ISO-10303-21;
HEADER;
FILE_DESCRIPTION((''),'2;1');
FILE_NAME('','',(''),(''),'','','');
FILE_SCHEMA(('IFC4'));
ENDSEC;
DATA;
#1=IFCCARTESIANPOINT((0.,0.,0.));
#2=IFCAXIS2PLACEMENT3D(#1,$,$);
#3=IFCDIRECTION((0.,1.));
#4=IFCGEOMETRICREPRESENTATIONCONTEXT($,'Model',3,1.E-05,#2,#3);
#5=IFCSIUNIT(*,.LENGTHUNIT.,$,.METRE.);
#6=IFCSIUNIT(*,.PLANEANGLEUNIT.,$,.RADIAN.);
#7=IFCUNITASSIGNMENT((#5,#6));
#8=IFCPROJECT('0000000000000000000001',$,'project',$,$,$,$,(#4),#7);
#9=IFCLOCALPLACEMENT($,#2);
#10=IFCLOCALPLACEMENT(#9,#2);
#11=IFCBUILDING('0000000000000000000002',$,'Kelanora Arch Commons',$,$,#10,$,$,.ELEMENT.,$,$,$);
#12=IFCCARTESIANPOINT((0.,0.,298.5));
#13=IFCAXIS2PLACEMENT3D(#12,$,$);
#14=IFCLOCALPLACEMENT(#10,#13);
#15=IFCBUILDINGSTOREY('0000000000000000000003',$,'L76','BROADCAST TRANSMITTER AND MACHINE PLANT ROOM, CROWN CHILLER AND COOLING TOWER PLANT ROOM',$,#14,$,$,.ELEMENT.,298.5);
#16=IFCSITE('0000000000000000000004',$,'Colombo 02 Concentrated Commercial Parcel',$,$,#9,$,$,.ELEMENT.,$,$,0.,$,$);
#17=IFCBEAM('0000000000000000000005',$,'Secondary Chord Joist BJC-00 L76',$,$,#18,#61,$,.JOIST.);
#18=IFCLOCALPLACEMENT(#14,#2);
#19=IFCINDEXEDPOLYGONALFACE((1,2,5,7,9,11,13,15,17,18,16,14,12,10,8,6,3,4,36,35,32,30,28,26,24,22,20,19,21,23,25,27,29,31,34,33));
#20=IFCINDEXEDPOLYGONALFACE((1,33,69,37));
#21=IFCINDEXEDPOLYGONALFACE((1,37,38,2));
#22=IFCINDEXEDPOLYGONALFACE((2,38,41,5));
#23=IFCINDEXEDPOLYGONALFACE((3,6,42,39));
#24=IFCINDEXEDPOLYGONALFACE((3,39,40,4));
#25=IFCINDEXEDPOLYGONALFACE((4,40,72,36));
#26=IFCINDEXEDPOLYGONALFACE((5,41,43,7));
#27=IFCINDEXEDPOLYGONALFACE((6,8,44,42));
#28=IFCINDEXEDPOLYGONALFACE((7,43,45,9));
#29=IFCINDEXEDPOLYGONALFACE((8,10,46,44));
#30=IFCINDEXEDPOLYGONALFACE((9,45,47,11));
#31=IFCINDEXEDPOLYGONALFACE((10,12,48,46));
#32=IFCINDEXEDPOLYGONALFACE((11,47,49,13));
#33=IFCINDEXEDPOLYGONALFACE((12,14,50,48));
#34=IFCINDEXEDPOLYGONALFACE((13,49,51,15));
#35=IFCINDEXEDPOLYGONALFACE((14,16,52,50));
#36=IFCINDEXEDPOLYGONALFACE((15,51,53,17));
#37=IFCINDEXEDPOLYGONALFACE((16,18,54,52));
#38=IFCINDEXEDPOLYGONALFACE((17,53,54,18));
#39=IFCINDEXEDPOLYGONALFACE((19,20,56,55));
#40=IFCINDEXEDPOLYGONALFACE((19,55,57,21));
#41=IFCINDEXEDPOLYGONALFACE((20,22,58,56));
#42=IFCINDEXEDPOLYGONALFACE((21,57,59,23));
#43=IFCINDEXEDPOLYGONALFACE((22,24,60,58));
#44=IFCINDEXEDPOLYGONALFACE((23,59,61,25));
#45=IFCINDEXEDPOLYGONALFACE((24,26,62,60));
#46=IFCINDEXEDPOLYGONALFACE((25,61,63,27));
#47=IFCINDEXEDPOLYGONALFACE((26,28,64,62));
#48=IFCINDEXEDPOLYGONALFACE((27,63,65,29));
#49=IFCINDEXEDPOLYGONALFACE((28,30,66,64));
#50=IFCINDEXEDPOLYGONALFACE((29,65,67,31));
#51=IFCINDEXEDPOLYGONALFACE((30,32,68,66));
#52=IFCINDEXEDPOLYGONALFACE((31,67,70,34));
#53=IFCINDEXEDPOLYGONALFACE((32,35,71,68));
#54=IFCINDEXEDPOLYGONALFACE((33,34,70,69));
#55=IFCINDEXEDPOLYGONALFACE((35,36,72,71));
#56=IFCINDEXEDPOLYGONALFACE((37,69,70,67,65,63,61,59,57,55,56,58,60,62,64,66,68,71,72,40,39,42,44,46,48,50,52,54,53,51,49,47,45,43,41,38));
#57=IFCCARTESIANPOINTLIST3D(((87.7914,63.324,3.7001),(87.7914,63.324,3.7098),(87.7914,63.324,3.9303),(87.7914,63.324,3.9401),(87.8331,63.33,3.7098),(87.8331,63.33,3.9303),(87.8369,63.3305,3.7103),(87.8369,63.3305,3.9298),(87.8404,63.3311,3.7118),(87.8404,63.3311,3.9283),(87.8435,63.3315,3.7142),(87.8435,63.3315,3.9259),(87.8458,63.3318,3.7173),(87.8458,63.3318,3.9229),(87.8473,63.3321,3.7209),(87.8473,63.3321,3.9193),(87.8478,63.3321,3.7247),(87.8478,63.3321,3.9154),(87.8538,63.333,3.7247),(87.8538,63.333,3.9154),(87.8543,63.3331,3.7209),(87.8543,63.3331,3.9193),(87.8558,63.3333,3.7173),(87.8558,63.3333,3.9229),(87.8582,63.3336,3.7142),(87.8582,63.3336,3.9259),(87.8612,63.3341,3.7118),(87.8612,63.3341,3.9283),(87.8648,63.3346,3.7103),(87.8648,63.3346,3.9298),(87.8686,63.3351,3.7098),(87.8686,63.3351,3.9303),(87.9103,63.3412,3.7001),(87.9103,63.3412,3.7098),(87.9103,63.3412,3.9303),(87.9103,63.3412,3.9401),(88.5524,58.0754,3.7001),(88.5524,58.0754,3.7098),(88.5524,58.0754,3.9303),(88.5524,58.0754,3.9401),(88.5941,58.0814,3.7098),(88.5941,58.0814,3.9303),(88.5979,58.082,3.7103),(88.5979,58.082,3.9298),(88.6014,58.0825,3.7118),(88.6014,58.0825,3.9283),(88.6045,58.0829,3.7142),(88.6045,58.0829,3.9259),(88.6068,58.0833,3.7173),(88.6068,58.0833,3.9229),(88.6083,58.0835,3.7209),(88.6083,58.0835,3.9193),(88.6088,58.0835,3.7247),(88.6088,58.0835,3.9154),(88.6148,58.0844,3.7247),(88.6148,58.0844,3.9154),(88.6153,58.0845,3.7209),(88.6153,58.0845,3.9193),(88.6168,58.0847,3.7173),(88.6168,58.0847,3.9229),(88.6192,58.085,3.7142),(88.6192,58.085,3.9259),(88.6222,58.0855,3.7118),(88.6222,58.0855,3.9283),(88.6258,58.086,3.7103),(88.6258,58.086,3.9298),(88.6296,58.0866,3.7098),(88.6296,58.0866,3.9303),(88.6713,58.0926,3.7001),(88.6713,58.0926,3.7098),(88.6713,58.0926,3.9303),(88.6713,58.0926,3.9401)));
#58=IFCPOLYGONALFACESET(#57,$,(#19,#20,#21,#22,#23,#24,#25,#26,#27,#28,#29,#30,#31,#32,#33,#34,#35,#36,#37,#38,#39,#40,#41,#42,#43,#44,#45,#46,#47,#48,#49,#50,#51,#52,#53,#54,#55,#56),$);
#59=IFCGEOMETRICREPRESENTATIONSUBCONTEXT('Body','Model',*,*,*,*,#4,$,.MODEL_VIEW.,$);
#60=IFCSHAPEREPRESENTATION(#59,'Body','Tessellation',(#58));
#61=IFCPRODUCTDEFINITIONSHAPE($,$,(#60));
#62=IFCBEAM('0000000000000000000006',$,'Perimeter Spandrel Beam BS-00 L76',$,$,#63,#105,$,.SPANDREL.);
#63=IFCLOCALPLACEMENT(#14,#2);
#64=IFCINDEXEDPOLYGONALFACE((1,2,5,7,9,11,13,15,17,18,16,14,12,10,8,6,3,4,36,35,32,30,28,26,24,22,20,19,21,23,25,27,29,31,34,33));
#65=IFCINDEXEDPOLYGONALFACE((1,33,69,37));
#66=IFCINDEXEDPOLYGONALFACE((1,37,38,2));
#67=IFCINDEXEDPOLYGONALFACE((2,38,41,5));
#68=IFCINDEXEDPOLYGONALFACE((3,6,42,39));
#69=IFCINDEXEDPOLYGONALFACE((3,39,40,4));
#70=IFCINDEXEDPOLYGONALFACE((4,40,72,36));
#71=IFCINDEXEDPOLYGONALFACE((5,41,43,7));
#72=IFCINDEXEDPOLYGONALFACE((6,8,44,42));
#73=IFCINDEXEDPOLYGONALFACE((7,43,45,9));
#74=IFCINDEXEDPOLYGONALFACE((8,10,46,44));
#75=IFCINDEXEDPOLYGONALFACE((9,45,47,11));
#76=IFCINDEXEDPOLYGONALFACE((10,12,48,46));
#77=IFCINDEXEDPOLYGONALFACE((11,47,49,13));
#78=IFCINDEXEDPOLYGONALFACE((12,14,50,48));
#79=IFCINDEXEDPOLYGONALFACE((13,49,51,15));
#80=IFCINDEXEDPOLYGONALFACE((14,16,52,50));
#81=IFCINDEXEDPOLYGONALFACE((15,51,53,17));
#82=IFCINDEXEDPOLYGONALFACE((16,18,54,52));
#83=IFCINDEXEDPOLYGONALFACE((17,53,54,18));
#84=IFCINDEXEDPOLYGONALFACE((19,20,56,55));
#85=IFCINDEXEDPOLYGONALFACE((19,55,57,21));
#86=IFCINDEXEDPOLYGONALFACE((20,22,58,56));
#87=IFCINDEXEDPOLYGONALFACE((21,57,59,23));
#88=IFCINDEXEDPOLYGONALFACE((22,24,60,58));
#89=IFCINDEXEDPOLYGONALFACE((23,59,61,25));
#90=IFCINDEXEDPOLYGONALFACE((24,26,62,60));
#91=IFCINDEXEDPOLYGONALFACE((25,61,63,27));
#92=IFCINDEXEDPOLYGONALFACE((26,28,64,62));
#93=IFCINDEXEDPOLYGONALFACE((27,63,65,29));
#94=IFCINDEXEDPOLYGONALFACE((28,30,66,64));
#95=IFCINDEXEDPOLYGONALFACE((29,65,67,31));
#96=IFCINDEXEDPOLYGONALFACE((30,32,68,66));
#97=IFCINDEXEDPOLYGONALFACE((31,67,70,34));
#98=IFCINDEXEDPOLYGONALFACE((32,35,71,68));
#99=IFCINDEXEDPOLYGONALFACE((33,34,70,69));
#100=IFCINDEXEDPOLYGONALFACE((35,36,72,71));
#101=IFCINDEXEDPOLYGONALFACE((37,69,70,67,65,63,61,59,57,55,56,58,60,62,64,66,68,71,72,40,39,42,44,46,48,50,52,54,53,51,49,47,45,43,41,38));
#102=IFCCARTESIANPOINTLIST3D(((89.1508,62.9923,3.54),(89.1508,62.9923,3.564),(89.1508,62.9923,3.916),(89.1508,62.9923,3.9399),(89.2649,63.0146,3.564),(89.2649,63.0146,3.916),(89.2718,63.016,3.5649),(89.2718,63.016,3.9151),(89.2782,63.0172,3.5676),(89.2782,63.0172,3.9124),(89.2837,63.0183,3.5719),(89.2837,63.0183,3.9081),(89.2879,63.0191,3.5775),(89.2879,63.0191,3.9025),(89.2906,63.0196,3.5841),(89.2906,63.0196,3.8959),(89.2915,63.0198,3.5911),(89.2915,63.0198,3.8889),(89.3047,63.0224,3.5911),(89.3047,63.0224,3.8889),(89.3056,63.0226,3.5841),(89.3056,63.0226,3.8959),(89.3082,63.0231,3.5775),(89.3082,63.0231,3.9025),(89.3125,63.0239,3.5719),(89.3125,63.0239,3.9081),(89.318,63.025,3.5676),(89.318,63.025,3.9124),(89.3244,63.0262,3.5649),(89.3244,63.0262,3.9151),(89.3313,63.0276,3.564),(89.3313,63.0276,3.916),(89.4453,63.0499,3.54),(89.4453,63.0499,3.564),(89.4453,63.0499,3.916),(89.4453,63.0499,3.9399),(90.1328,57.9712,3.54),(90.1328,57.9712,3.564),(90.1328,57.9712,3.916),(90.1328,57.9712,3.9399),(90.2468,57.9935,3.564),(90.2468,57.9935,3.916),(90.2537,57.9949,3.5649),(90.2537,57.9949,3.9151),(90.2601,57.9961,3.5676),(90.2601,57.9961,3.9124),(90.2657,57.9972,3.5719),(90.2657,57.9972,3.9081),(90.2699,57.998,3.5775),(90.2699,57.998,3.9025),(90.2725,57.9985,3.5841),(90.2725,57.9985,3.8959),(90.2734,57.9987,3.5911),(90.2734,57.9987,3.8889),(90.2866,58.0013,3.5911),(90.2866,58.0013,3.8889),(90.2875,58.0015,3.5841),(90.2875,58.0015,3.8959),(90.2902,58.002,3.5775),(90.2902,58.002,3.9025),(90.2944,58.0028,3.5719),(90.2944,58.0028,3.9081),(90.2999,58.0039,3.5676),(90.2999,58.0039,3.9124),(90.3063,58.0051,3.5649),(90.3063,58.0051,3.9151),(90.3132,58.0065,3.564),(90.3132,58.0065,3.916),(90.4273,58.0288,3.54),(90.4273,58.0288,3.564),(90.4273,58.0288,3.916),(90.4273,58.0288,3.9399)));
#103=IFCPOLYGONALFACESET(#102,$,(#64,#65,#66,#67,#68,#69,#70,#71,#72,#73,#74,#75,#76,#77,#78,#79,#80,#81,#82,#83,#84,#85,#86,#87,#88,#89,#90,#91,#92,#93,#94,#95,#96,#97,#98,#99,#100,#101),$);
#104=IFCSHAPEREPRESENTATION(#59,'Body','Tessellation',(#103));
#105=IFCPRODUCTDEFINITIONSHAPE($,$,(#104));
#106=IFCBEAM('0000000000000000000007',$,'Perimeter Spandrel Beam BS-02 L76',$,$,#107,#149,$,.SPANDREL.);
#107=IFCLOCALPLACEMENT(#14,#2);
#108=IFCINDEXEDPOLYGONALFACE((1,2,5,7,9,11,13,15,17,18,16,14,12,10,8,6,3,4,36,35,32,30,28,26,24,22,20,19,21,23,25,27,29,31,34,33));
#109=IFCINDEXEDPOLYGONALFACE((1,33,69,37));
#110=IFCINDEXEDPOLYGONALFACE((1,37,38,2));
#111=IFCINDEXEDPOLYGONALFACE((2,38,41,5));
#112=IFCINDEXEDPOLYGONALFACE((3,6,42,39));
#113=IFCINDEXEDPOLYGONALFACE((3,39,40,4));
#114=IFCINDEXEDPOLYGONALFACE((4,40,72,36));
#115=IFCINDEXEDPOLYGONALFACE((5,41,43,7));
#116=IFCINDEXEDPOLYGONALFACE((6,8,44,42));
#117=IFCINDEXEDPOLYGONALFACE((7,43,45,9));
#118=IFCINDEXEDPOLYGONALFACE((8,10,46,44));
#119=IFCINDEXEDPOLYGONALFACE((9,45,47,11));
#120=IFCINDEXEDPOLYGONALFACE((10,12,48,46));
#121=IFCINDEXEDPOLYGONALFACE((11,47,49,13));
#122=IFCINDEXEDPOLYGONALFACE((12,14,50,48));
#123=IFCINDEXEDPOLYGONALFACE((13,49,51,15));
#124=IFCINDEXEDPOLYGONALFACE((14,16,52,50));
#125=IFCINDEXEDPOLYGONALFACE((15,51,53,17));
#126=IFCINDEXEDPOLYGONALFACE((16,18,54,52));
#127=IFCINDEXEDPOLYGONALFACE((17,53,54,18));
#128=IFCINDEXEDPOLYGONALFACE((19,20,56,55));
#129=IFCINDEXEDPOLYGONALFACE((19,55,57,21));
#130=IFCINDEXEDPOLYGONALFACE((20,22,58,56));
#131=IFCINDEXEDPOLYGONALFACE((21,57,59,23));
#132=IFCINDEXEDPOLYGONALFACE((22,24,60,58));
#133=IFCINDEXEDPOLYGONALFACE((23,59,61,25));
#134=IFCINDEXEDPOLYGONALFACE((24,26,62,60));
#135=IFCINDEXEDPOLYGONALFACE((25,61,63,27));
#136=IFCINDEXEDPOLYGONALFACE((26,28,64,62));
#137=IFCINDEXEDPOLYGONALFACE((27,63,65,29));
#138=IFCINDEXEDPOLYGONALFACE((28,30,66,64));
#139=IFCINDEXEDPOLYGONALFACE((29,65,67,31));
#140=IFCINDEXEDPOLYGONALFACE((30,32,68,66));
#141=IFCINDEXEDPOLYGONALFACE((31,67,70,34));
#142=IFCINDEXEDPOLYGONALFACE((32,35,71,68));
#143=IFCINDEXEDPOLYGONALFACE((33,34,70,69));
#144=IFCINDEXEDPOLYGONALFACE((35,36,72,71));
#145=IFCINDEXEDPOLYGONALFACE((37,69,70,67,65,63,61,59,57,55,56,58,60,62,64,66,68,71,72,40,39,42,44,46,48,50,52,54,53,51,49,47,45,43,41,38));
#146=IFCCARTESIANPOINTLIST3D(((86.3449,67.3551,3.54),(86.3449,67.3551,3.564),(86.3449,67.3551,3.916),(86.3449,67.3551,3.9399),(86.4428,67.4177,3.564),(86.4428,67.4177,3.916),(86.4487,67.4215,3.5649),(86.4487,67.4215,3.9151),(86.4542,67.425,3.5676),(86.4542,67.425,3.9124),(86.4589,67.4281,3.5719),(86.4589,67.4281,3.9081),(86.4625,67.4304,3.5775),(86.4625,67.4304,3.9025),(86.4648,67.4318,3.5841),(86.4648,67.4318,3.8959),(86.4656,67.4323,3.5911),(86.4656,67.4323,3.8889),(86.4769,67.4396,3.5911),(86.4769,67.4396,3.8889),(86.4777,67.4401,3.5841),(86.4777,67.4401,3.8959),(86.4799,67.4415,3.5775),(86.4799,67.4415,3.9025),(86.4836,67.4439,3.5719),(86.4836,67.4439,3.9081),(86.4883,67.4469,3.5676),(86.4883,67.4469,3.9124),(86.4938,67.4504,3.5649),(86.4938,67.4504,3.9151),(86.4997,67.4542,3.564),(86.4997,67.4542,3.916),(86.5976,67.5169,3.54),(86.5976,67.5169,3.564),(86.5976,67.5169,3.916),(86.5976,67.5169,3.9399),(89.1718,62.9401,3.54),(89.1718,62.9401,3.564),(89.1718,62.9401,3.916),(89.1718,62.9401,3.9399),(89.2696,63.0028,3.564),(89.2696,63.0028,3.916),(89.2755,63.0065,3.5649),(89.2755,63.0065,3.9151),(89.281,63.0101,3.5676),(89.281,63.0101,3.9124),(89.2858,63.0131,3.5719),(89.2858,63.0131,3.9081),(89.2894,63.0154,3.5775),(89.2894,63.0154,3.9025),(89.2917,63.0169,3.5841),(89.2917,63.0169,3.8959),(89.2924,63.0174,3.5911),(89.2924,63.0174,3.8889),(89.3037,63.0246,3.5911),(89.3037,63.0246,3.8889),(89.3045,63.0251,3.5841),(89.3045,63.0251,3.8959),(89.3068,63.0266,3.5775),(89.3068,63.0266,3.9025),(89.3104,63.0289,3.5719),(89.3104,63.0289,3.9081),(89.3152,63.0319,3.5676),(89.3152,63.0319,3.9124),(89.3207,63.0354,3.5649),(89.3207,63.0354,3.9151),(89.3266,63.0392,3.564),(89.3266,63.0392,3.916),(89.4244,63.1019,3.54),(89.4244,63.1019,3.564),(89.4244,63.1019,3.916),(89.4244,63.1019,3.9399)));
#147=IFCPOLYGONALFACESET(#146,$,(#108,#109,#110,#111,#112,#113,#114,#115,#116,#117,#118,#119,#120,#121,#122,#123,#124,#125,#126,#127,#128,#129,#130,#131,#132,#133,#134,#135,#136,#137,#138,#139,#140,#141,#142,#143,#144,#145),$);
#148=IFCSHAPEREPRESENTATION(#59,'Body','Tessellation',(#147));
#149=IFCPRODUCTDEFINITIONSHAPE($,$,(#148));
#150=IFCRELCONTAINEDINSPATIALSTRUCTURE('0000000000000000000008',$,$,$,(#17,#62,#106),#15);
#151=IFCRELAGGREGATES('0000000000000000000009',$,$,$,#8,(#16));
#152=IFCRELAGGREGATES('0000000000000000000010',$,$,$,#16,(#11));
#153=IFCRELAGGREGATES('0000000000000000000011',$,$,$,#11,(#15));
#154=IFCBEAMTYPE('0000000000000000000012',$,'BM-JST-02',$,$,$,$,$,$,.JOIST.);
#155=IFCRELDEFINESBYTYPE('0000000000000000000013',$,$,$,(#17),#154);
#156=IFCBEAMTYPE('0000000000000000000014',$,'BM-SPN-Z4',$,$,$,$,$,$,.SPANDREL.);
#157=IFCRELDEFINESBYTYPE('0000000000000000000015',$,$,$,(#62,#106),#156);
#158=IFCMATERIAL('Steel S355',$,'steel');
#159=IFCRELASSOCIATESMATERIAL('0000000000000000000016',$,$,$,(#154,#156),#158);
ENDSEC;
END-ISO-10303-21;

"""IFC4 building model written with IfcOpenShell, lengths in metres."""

from ifc_helpers import new_model, si_unit, direction, frame, origin, origin_2d, place, context, subcontext, project, spatial, i_section, extrude, material, material_profile, profile_set, type_object, element, save


model = new_model("IFC4")

# Units and contexts
model_context = context("Model", 3, precision=1e-05, world=origin(), true_north=direction((0.0, 1.0)))
body_context = subcontext(model_context, "Body", "Model", "MODEL_VIEW")
ifc_project = project(units=[si_unit("LENGTHUNIT", "METRE"), si_unit("PLANEANGLEUNIT", "RADIAN")], contexts=[model_context])

# Site, building, storey
site_placement = place(None, origin())
site = spatial("IfcSite", under=ifc_project, at=site_placement, Name="Colombo 02 Concentrated Commercial Parcel", CompositionType="ELEMENT", RefElevation=0.0)
building_placement = place(site_placement, origin())
building = spatial("IfcBuilding", under=site, at=building_placement, Name="Kelanora Arch Commons", CompositionType="ELEMENT")
storey_placement = place(building_placement, frame((0.0, 0.0, 298.5)))
storey = spatial("IfcBuildingStorey", under=building, at=storey_placement, Name="L76", Description="BROADCAST TRANSMITTER AND MACHINE PLANT ROOM, CROWN CHILLER AND COOLING TOWER PLANT ROOM", CompositionType="ELEMENT", Elevation=298.5)

# Beams
ifc_material_1 = material(Name="Steel S355", Category="steel")
ifc_material_profile_1 = material_profile(ifc_material_1, i_section(OverallWidth=0.1201, OverallDepth=0.24, WebThickness=0.0061, FlangeThickness=0.0098, FilletRadius=0.0149, at=origin_2d()), Name="IPE240")
ifc_profile_set_1 = profile_set([ifc_material_profile_1], Name="Steel S355")
beam_type_1 = type_object("IfcBeamType", Name="BM-JST-02", PredefinedType="JOIST", material=ifc_profile_set_1)
beam_1_placement = place(storey_placement, frame((88.6118, 58.084, 3.8201), z_axis=(-0.14349, 0.989652, 0.0), x_axis=(-0.989652, -0.14349, 0.0)))
element("IfcBeam", 1, at=beam_1_placement, inside=storey, type_object=beam_type_1, Name="Secondary Chord Joist BJC-00 L76", PredefinedType="JOIST", context=body_context, shape_type="SweptSolid", body=[
    extrude(i_section(OverallWidth=0.1201, OverallDepth=0.24, WebThickness=0.0061, FlangeThickness=0.0098, FilletRadius=0.0149, at=origin_2d()), origin(), (0.0, 0.0, 1.0), 5.3035),
])
ifc_material_profile_2 = material_profile(ifc_material_1, i_section(OverallWidth=0.3, OverallDepth=0.3999, WebThickness=0.0134, FlangeThickness=0.0239, FilletRadius=0.0271, at=origin_2d()), Name="HEB400")
ifc_profile_set_2 = profile_set([ifc_material_profile_2], Name="Steel S355")
beam_type_2 = type_object("IfcBeamType", Name="BM-SPN-Z4", PredefinedType="SPANDREL", material=ifc_profile_set_2)
beam_2_placement = place(storey_placement, frame((90.28, 58.0, 3.74), z_axis=(-0.19193, 0.981409, 0.0), x_axis=(-0.981409, -0.19193, 0.0)))
element("IfcBeam", 2, at=beam_2_placement, inside=storey, type_object=beam_type_2, Name="Perimeter Spandrel Beam BS-00 L76", PredefinedType="SPANDREL", context=body_context, shape_type="SweptSolid", body=[
    extrude(i_section(OverallWidth=0.3, OverallDepth=0.3999, WebThickness=0.0134, FlangeThickness=0.0239, FilletRadius=0.0271, at=origin_2d()), origin(), (0.0, 0.0, 1.0), 5.1162),
])
beam_3_placement = place(storey_placement, frame((89.2981, 63.021, 3.74), z_axis=(-0.539227, 0.842161, 0.0), x_axis=(-0.842161, -0.539227, 0.0)))
element("IfcBeam", 3, at=beam_3_placement, inside=storey, type_object=beam_type_2, Name="Perimeter Spandrel Beam BS-02 L76", PredefinedType="SPANDREL", context=body_context, shape_type="SweptSolid", body=[
    extrude(i_section(OverallWidth=0.3, OverallDepth=0.3999, WebThickness=0.0134, FlangeThickness=0.0239, FilletRadius=0.0271, at=origin_2d()), origin(), (0.0, 0.0, 1.0), 5.2424),
])

save(model, "model.ifc")
